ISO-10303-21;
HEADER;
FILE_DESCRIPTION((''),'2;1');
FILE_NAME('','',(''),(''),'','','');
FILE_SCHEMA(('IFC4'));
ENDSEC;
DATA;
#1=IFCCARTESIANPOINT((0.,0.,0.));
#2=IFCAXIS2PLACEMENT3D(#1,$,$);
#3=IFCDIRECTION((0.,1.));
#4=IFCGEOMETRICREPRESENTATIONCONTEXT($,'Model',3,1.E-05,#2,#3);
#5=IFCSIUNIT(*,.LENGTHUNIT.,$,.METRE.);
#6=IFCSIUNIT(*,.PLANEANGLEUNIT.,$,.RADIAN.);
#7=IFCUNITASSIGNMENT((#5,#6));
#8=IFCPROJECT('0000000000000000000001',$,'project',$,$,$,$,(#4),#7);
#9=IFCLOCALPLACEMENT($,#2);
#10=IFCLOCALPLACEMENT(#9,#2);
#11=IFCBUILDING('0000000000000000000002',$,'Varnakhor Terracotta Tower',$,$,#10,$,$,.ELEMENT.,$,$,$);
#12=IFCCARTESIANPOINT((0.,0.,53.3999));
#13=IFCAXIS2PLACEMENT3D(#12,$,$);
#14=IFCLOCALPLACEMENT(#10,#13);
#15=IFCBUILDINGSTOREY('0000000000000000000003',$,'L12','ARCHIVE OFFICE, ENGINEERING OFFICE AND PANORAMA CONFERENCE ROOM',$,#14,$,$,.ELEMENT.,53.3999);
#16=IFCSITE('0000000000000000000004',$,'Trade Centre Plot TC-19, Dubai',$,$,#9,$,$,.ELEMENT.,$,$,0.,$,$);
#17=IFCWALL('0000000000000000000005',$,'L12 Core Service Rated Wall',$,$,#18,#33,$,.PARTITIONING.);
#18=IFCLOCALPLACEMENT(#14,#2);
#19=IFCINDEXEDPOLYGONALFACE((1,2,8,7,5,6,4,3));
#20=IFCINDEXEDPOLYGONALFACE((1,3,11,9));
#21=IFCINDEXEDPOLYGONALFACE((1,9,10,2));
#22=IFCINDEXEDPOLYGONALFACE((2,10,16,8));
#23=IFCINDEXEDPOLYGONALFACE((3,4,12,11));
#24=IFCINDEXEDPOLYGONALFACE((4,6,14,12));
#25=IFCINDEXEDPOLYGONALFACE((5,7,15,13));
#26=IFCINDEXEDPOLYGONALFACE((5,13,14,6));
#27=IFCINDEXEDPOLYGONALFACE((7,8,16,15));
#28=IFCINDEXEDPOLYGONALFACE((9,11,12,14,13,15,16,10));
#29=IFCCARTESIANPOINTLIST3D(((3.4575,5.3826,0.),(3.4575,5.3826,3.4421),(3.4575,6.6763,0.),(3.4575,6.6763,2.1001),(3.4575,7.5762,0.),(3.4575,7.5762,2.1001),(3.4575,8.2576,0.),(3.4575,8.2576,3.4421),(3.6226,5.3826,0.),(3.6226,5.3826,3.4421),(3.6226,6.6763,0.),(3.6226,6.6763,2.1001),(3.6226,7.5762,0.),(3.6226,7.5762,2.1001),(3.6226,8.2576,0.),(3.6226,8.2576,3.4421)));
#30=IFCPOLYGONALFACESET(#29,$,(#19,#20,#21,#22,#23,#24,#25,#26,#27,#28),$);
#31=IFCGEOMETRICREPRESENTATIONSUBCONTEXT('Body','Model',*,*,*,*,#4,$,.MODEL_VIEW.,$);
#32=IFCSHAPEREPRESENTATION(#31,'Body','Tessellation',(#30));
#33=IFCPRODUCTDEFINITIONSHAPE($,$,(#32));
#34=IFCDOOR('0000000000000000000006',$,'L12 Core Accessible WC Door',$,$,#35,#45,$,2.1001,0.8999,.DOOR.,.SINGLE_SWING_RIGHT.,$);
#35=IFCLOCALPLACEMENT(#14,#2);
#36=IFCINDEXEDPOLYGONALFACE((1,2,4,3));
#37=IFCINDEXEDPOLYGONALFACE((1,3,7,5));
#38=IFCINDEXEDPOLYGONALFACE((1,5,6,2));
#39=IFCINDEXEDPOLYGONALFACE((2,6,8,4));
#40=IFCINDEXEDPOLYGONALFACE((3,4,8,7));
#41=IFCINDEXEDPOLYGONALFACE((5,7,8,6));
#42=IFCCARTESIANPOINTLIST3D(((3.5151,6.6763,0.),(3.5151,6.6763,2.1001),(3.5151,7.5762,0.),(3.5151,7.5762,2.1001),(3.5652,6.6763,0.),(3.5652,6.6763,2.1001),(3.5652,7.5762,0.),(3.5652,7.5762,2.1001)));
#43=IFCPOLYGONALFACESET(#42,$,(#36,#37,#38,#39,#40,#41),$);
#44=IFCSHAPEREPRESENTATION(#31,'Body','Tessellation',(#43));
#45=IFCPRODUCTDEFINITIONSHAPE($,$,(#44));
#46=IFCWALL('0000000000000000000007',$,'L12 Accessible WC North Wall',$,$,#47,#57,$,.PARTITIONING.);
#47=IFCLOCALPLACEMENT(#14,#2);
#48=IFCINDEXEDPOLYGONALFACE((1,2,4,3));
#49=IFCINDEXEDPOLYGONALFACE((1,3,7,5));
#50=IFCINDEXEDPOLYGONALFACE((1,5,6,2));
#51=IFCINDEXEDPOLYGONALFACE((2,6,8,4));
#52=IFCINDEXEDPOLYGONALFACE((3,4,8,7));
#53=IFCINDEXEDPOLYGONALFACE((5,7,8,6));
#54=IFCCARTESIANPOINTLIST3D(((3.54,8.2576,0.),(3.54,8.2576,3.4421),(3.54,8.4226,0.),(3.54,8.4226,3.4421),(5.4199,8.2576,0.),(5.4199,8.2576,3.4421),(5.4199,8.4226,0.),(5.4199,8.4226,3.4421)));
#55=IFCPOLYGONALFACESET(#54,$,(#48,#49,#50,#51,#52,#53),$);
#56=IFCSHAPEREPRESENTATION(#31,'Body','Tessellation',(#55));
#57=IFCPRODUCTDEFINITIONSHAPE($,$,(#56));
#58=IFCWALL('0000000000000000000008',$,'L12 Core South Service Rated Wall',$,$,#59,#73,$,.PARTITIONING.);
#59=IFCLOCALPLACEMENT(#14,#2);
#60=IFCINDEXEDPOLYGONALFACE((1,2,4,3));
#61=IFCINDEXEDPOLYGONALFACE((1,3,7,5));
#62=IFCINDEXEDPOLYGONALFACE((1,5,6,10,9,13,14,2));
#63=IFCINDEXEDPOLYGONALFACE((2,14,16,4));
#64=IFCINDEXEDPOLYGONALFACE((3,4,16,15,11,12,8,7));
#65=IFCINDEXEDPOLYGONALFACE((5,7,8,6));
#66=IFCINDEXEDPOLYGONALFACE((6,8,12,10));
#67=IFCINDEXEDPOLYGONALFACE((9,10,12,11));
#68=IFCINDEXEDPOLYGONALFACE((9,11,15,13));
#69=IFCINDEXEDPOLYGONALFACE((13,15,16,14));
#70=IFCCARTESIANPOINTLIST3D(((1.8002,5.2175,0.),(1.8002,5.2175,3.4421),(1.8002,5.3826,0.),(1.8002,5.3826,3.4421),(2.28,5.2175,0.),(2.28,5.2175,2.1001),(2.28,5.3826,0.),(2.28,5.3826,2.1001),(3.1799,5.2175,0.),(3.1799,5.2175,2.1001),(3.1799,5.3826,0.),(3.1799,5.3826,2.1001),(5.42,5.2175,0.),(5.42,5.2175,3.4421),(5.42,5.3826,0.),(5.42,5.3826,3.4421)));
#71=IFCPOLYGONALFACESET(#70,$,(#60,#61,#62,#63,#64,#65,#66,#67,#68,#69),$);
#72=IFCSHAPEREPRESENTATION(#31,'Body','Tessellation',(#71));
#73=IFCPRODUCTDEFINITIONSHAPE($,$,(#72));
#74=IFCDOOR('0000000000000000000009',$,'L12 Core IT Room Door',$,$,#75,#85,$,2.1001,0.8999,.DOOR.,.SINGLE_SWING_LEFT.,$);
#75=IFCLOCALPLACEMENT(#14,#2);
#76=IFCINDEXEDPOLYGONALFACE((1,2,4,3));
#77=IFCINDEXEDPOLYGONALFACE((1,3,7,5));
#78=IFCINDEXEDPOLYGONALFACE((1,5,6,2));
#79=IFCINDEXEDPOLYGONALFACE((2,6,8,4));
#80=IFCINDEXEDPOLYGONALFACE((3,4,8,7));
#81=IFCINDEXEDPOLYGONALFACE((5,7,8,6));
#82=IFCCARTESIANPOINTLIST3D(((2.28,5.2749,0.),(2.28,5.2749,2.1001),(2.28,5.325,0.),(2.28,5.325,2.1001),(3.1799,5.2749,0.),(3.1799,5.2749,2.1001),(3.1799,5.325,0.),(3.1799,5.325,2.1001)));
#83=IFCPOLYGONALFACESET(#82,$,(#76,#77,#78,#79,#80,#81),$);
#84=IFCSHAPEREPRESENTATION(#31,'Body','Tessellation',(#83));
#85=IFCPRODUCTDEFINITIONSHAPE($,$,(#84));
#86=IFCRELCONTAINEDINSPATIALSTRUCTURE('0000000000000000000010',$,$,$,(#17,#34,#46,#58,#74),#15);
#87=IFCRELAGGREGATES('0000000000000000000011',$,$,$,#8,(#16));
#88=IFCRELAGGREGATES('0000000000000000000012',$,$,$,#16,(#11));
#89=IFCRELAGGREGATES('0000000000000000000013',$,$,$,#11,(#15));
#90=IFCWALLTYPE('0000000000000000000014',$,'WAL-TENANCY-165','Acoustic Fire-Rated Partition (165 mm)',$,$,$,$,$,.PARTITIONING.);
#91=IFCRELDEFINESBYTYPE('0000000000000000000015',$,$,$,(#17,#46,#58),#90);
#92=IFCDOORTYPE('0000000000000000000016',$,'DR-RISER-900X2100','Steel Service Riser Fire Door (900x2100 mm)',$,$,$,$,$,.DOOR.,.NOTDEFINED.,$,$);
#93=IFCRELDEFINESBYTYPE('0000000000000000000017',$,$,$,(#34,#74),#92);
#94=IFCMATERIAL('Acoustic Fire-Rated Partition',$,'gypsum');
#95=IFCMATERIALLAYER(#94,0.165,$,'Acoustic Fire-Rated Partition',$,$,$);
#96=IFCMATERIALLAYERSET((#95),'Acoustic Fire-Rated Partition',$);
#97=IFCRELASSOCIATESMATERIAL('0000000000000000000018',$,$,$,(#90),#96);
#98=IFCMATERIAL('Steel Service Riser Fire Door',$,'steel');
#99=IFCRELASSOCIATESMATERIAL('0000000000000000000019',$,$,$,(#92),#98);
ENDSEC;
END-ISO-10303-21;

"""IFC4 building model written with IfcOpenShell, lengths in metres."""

from ifc_helpers import new_model, si_unit, direction, frame, frame_2d, origin, place, context, subcontext, project, spatial, rectangle, extrude, source, transform, mapped, material, layer, layer_set, type_object, type_shapes, element, fill, save


model = new_model("IFC4")

# Units and contexts
model_context = context("Model", 3, precision=1e-05, world=origin(), true_north=direction((0.0, 1.0)))
body_context = subcontext(model_context, "Body", "Model", "MODEL_VIEW")
ifc_project = project(units=[si_unit("LENGTHUNIT", "METRE"), si_unit("PLANEANGLEUNIT", "RADIAN")], contexts=[model_context])

# Site, building, storey
site_placement = place(None, origin())
site = spatial("IfcSite", under=ifc_project, at=site_placement, Name="Trade Centre Plot TC-19, Dubai", CompositionType="ELEMENT", RefElevation=0.0)
building_placement = place(site_placement, origin())
building = spatial("IfcBuilding", under=site, at=building_placement, Name="Varnakhor Terracotta Tower", CompositionType="ELEMENT")
storey_placement = place(building_placement, frame((0.0, 0.0, 53.3999)))
storey = spatial("IfcBuildingStorey", under=building, at=storey_placement, Name="L12", Description="ARCHIVE OFFICE, ENGINEERING OFFICE AND PANORAMA CONFERENCE ROOM", CompositionType="ELEMENT", Elevation=53.3999)

# Shared definitions
ifc_material_1 = material(Name="Acoustic Fire-Rated Partition", Category="gypsum")
ifc_layer_1 = layer(ifc_material_1, 0.165, Name="Acoustic Fire-Rated Partition")
ifc_layer_set_1 = layer_set([ifc_layer_1], Name="Acoustic Fire-Rated Partition")
wall_type_1 = type_object("IfcWallType", Name="WAL-TENANCY-165", Description="Acoustic Fire-Rated Partition (165 mm)", PredefinedType="PARTITIONING", material=ifc_layer_set_1)

# Wall, opening, door
wall_1_placement = place(storey_placement, frame((3.54, 5.3826, 0.0), z_axis=(0.0, 0.0, 1.0), x_axis=(0.0, 1.0, 0.0)))
wall_1 = element("IfcWall", 1, at=wall_1_placement, inside=storey, type_object=wall_type_1, Name="L12 Core Service Rated Wall", PredefinedType="PARTITIONING", context=body_context, shape_type="SweptSolid", body=[
    extrude(rectangle(XDim=2.875, YDim=0.165, at=frame_2d((1.4375, 0.0))), origin(), (0.0, 0.0, 1.0), 3.4421),
])
opening_1_placement = place(wall_1_placement, frame((1.2937, 0.0, 0.0)))
opening_1 = element("IfcOpeningElement", 2, at=opening_1_placement, cuts=wall_1, PredefinedType="OPENING", context=body_context, shape_type="SweptSolid", body=[
    extrude(rectangle(XDim=0.8999, YDim=2.1001, at=frame_2d((0.45, 1.05))), frame((0.0, 0.0925, 0.0), z_axis=(0.0, -1.0, 0.0), x_axis=(1.0, 0.0, 0.0)), (0.0, 0.0, 1.0), 0.1851),
])
ifc_material_2 = material(Name="Steel Service Riser Fire Door", Category="steel")
door_type_1 = type_object("IfcDoorType", Name="DR-RISER-900X2100", Description="Steel Service Riser Fire Door (900x2100 mm)", OperationType="NOTDEFINED", PredefinedType="DOOR", material=ifc_material_2)
shared_shape_1 = source(origin(), body_context, "Body", "SweptSolid", [
    extrude(rectangle(XDim=0.8999, YDim=2.1001, at=frame_2d((0.45, 1.05))), frame((0.0, 0.0249, 0.0), z_axis=(0.0, -1.0, 0.0), x_axis=(1.0, 0.0, 0.0)), (0.0, 0.0, 1.0), 0.05),
])
type_shapes(door_type_1, [shared_shape_1])
door_1_placement = place(opening_1_placement, origin())
door_1 = element("IfcDoor", 3, at=door_1_placement, inside=storey, type_object=door_type_1, Name="L12 Core Accessible WC Door", OperationType="SINGLE_SWING_RIGHT", OverallHeight=2.1001, OverallWidth=0.8999, PredefinedType="DOOR", context=body_context, shape_type="MappedRepresentation", body=[
    mapped(shared_shape_1, transform((0.0, 0.0, 0.0), scale=1.0)),
])
fill(opening_1, door_1)

# Wall
wall_2_placement = place(storey_placement, frame((3.54, 8.3401, 0.0), z_axis=(0.0, 0.0, 1.0), x_axis=(1.0, 0.0, 0.0)))
element("IfcWall", 4, at=wall_2_placement, inside=storey, type_object=wall_type_1, Name="L12 Accessible WC North Wall", PredefinedType="PARTITIONING", context=body_context, shape_type="SweptSolid", body=[
    extrude(rectangle(XDim=1.8799, YDim=0.165, at=frame_2d((0.9399, 0.0))), origin(), (0.0, 0.0, 1.0), 3.4421),
])

# Wall, opening, door
wall_3_placement = place(storey_placement, frame((1.8, 5.3, 0.0), z_axis=(0.0, 0.0, 1.0), x_axis=(1.0, 0.0, 0.0)))
wall_3 = element("IfcWall", 5, at=wall_3_placement, inside=storey, type_object=wall_type_1, Name="L12 Core South Service Rated Wall", PredefinedType="PARTITIONING", context=body_context, shape_type="SweptSolid", body=[
    extrude(rectangle(XDim=3.6199, YDim=0.165, at=frame_2d((1.8101, 0.0))), origin(), (0.0, 0.0, 1.0), 3.4421),
])
opening_2_placement = place(wall_3_placement, frame((0.48, 0.0, 0.0)))
opening_2 = element("IfcOpeningElement", 6, at=opening_2_placement, cuts=wall_3, PredefinedType="OPENING", context=body_context, shape_type="SweptSolid", body=[
    extrude(rectangle(XDim=0.8999, YDim=2.1001, at=frame_2d((0.45, 1.05))), frame((0.0, 0.0925, 0.0), z_axis=(0.0, -1.0, 0.0), x_axis=(1.0, 0.0, 0.0)), (0.0, 0.0, 1.0), 0.1851),
])
door_2_placement = place(opening_2_placement, origin())
door_2 = element("IfcDoor", 7, at=door_2_placement, inside=storey, type_object=door_type_1, Name="L12 Core IT Room Door", OperationType="SINGLE_SWING_LEFT", OverallHeight=2.1001, OverallWidth=0.8999, PredefinedType="DOOR", context=body_context, shape_type="MappedRepresentation", body=[
    mapped(shared_shape_1, transform((0.0, 0.0, 0.0), scale=1.0)),
])
fill(opening_2, door_2)

save(model, "model.ifc")
